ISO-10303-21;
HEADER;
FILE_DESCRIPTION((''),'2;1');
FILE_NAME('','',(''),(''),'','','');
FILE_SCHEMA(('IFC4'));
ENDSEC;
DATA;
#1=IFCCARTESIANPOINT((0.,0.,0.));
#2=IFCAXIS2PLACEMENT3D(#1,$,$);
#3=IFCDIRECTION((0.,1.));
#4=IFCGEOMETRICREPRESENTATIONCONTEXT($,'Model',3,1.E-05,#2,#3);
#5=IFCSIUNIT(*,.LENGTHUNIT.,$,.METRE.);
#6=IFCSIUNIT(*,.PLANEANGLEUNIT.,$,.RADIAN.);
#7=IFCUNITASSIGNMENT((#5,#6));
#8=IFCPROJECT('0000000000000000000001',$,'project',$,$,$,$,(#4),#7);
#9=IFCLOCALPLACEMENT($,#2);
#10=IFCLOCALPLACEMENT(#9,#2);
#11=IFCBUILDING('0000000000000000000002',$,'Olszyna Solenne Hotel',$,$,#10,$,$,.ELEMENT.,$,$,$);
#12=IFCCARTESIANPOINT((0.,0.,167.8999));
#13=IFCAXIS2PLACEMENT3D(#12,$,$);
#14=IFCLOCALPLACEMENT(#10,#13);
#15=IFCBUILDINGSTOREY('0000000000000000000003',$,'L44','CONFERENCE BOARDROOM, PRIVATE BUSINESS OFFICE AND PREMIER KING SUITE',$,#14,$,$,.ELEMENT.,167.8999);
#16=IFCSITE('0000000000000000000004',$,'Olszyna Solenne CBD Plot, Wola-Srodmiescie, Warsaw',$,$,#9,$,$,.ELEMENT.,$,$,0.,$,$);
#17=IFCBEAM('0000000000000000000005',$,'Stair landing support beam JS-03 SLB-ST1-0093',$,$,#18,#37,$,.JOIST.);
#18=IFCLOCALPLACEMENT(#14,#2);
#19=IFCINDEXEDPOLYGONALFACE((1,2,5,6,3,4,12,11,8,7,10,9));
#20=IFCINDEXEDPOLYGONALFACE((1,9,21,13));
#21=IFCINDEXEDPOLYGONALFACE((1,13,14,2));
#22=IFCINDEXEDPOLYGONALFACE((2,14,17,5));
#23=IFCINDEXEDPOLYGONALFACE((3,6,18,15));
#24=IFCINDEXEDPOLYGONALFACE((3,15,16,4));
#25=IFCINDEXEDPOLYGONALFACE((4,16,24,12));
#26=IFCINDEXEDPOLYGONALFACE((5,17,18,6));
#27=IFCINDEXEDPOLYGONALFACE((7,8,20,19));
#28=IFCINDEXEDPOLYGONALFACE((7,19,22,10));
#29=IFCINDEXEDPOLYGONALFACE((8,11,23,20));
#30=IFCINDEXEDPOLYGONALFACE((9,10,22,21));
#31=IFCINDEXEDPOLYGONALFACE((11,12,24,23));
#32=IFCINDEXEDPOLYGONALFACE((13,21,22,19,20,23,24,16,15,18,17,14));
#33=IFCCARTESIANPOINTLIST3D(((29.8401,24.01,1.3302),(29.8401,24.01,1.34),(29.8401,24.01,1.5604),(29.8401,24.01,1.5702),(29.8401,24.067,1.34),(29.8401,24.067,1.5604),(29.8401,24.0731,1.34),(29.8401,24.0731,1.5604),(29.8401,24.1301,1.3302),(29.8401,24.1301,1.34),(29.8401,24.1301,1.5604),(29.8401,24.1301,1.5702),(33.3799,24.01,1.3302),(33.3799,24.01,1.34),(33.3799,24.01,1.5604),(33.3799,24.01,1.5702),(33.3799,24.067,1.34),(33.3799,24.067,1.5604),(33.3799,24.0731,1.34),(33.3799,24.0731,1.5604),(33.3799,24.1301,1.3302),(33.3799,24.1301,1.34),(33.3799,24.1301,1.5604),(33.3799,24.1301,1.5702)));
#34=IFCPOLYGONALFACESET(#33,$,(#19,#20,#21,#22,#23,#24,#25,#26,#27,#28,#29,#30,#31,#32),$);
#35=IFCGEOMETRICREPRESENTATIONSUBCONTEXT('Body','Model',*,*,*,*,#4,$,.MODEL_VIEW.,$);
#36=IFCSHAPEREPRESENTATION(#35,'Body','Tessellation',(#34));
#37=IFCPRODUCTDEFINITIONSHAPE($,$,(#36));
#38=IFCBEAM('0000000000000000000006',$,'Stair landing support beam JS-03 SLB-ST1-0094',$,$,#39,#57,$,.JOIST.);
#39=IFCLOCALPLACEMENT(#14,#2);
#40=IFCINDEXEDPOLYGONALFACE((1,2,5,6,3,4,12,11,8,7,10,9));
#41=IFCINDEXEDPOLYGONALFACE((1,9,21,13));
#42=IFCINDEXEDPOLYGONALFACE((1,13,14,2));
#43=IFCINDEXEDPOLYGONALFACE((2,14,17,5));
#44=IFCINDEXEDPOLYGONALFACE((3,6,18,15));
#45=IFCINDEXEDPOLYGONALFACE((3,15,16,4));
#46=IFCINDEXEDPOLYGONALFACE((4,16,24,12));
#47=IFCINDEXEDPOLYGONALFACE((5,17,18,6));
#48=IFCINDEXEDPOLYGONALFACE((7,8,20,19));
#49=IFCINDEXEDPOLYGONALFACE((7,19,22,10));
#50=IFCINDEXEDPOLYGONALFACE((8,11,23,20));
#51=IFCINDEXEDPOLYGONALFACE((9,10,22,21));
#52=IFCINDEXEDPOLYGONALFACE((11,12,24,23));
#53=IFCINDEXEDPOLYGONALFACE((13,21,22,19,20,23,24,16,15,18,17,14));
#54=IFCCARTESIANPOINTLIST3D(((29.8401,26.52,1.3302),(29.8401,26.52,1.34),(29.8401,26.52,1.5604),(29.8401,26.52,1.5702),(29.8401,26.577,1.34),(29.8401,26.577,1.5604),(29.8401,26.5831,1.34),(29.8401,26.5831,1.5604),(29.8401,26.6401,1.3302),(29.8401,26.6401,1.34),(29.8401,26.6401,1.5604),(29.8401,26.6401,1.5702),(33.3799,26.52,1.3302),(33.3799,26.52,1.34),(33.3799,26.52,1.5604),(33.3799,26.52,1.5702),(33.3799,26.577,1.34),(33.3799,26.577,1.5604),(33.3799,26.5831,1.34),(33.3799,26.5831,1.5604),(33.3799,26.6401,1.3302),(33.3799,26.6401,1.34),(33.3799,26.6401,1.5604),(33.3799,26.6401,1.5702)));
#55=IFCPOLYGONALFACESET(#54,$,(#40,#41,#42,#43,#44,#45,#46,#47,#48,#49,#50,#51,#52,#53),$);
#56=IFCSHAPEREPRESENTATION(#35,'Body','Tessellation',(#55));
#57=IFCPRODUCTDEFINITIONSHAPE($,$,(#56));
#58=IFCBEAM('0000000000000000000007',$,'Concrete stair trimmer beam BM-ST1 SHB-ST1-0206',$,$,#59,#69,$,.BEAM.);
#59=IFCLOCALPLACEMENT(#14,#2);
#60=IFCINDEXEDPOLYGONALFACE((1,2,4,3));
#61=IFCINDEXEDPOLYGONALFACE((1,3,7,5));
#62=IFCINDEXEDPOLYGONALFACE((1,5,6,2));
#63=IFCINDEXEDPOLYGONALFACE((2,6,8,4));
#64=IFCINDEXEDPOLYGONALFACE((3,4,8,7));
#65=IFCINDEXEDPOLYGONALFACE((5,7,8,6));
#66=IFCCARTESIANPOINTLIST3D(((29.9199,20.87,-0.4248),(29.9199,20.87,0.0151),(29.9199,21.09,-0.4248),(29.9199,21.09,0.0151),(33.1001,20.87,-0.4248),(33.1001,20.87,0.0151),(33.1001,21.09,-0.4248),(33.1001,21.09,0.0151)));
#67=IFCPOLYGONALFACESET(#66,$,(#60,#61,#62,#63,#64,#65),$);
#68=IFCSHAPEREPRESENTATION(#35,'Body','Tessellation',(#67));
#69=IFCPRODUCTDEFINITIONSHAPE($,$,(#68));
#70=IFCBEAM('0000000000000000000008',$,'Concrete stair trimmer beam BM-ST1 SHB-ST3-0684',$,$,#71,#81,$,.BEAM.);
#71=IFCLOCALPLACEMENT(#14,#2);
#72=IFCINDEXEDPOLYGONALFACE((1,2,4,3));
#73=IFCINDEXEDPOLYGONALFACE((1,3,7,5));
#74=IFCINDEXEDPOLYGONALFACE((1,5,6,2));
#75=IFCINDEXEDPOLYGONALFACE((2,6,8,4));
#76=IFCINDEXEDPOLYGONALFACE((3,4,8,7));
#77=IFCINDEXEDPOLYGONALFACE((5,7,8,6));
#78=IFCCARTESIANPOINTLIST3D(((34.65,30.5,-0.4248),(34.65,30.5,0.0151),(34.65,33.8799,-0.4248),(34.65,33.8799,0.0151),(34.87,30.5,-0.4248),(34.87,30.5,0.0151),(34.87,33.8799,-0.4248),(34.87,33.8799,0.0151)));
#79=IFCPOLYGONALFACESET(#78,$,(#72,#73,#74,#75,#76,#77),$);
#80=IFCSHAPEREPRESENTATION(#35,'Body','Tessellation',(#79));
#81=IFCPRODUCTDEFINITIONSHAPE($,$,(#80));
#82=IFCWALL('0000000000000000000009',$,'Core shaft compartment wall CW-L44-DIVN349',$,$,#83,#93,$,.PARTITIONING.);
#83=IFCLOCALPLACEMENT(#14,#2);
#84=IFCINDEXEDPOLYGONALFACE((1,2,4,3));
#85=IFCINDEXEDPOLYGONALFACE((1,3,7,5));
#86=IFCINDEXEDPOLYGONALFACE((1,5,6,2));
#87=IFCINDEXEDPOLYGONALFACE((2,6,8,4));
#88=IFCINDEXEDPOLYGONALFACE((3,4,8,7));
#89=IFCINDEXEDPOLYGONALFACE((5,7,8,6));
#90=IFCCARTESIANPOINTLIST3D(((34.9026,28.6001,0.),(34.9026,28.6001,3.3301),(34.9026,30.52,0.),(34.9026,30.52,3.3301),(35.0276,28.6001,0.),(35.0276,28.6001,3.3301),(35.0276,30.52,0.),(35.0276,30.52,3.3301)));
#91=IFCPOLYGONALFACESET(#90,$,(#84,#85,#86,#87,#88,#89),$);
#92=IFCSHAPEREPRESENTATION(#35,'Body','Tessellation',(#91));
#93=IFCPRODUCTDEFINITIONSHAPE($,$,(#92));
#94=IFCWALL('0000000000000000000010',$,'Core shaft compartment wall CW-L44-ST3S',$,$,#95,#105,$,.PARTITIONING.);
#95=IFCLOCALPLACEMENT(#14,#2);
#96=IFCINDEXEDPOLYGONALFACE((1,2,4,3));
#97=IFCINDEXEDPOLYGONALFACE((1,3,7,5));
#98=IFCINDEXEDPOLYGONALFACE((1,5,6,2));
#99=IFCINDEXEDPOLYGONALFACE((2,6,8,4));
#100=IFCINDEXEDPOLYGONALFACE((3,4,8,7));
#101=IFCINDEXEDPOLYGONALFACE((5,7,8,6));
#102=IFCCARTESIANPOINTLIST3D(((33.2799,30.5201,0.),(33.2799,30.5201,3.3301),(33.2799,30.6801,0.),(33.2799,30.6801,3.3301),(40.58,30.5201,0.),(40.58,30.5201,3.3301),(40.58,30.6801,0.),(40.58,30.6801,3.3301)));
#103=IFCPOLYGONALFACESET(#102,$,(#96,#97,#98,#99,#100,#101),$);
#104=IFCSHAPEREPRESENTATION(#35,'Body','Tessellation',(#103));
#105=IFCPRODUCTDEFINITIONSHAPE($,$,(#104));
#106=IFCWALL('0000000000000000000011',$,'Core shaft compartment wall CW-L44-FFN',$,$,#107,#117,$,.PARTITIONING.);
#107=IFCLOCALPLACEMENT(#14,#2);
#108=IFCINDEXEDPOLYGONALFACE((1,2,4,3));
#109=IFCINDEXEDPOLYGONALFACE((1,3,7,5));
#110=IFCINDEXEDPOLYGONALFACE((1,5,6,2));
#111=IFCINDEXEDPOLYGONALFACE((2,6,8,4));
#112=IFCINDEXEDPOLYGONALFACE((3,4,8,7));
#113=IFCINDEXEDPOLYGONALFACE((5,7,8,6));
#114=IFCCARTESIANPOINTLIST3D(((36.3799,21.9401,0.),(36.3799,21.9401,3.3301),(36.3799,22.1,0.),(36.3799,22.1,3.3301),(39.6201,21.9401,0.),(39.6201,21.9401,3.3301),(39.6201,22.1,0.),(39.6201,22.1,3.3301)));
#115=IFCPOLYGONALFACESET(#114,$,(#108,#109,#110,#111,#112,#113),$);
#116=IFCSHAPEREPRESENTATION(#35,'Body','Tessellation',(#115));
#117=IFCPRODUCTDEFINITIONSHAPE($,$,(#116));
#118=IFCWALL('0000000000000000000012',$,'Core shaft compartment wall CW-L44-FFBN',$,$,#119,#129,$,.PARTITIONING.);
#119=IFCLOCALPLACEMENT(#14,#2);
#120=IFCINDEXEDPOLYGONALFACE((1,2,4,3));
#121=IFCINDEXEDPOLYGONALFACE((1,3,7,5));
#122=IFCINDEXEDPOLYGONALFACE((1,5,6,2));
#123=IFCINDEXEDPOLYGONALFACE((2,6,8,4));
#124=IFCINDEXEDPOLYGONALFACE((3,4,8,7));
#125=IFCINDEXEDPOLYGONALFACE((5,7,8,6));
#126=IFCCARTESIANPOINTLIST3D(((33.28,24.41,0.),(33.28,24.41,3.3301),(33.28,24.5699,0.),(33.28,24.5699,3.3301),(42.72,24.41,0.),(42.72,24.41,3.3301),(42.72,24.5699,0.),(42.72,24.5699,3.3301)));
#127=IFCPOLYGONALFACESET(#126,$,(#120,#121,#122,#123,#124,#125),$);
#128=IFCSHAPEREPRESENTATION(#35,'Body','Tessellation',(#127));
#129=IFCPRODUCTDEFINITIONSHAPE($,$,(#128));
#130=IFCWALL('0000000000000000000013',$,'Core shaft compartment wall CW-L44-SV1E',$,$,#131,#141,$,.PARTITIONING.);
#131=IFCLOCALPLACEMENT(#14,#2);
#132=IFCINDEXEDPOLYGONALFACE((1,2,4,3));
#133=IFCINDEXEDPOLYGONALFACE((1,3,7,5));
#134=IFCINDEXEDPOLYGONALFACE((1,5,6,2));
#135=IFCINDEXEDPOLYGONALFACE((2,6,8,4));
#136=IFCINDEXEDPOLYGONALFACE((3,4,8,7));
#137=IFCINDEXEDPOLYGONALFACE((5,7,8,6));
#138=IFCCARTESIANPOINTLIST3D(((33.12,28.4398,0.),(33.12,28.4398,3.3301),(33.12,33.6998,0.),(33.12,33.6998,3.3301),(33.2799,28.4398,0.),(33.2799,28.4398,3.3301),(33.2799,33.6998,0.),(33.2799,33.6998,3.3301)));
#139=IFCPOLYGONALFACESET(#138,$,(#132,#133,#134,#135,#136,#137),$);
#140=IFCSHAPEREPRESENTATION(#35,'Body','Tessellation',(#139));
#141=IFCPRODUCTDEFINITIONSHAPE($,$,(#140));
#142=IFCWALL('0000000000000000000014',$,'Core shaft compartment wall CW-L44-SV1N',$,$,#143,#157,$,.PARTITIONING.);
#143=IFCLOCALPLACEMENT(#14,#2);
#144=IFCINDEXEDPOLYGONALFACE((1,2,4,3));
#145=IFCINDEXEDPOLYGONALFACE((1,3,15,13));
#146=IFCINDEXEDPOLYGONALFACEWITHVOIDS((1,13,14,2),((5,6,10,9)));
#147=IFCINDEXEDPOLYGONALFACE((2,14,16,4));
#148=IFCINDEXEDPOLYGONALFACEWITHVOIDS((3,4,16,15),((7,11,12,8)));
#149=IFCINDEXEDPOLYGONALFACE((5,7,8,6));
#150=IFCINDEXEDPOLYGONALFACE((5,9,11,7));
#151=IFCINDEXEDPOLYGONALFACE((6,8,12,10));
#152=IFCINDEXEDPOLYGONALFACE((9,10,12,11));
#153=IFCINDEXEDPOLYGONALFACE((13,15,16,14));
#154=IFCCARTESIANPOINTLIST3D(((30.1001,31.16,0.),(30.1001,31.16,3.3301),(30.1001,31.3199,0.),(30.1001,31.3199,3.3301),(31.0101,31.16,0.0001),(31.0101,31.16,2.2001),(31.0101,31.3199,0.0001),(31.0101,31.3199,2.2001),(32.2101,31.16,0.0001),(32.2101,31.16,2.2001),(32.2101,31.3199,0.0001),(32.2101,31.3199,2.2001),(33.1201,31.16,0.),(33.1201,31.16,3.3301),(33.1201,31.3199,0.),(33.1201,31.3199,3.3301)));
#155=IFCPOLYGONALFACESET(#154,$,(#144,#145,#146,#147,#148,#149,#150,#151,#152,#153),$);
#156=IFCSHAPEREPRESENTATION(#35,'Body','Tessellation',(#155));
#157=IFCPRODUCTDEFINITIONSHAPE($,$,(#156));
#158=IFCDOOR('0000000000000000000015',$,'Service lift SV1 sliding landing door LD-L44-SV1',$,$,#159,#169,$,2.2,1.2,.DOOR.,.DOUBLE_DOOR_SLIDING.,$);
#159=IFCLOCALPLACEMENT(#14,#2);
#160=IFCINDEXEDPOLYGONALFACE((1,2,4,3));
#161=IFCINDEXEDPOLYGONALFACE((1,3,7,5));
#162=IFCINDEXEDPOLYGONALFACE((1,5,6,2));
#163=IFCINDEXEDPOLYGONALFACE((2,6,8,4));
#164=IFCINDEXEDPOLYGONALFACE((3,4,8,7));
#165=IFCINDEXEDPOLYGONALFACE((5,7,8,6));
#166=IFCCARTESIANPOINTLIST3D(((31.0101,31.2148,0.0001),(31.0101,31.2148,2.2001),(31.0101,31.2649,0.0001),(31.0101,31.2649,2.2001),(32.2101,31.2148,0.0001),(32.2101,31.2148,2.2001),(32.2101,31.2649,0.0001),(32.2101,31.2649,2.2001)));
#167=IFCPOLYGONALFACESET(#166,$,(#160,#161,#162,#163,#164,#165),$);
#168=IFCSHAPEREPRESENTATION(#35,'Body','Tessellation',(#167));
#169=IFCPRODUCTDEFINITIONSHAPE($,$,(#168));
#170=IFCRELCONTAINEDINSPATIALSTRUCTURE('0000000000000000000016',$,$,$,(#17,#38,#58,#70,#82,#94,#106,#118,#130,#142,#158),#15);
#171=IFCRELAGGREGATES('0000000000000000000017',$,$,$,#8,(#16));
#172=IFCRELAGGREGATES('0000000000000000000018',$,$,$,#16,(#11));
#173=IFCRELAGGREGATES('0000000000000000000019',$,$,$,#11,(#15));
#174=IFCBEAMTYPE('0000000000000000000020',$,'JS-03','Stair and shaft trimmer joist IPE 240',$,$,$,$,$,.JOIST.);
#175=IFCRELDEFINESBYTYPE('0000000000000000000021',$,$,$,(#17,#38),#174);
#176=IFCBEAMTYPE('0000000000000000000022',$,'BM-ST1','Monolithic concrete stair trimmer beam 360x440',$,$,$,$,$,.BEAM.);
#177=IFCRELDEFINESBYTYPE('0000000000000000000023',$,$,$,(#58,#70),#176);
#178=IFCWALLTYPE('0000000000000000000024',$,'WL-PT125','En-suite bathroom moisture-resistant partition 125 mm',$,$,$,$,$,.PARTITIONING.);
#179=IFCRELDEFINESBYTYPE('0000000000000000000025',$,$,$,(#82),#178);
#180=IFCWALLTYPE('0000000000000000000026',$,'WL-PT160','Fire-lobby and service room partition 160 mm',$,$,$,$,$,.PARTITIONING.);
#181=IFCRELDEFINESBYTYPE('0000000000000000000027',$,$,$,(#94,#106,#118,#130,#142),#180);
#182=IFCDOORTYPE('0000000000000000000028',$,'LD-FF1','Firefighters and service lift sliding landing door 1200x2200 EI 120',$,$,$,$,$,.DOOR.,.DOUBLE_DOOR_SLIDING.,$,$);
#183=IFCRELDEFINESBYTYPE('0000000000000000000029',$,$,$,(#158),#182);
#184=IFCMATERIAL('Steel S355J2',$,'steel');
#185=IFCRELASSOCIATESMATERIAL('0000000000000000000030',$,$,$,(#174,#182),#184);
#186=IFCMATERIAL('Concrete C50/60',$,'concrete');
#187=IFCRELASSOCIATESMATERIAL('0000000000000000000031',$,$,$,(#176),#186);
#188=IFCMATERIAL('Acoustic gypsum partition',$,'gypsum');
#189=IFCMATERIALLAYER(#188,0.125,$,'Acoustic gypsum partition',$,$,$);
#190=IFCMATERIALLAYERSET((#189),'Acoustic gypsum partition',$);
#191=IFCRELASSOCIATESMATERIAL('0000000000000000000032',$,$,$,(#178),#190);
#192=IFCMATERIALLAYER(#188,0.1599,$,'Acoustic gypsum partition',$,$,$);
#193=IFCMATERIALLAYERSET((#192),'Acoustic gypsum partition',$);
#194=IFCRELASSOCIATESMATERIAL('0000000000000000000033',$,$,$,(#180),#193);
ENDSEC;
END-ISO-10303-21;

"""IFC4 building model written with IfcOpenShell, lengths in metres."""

from ifc_helpers import new_model, si_unit, direction, frame, frame_2d, origin, origin_2d, place, context, subcontext, project, spatial, rectangle, i_section, extrude, source, transform, mapped, material, layer, layer_set, material_profile, profile_set, type_object, type_shapes, element, fill, save


model = new_model("IFC4")

# Units and contexts
model_context = context("Model", 3, precision=1e-05, world=origin(), true_north=direction((0.0, 1.0)))
body_context = subcontext(model_context, "Body", "Model", "MODEL_VIEW")
ifc_project = project(units=[si_unit("LENGTHUNIT", "METRE"), si_unit("PLANEANGLEUNIT", "RADIAN")], contexts=[model_context])

# Site, building, storey
site_placement = place(None, origin())
site = spatial("IfcSite", under=ifc_project, at=site_placement, Name="Olszyna Solenne CBD Plot, Wola-Srodmiescie, Warsaw", CompositionType="ELEMENT", RefElevation=0.0)
building_placement = place(site_placement, origin())
building = spatial("IfcBuilding", under=site, at=building_placement, Name="Olszyna Solenne Hotel", CompositionType="ELEMENT")
storey_placement = place(building_placement, frame((0.0, 0.0, 167.8999)))
storey = spatial("IfcBuildingStorey", under=building, at=storey_placement, Name="L44", Description="CONFERENCE BOARDROOM, PRIVATE BUSINESS OFFICE AND PREMIER KING SUITE", CompositionType="ELEMENT", Elevation=167.8999)

# Beams
ifc_material_1 = material(Name="Steel S355J2", Category="steel")
ifc_material_profile_1 = material_profile(ifc_material_1, i_section(OverallWidth=0.1201, OverallDepth=0.24, WebThickness=0.0061, FlangeThickness=0.0098, at=origin_2d()), Name="IPE 240", Category="load-bearing")
ifc_profile_set_1 = profile_set([ifc_material_profile_1], Name="Steel S355J2")
beam_type_1 = type_object("IfcBeamType", Name="JS-03", Description="Stair and shaft trimmer joist IPE 240", PredefinedType="JOIST", material=ifc_profile_set_1)
shared_shape_1 = source(origin(), body_context, "Body", "SweptSolid", [
    extrude(i_section(OverallWidth=0.1201, OverallDepth=0.24, WebThickness=0.0061, FlangeThickness=0.0098, at=origin_2d()), origin(), (0.0, 0.0, 1.0), 3.5398),
])
for number, where, z_axis, x_axis, name in (
    (1, (33.3799, 24.0701, 1.4502), (-1.0, 0.0, 0.0), (0.0, -1.0, 0.0), "Stair landing support beam JS-03 SLB-ST1-0093"),
    (2, (33.3799, 26.5801, 1.4502), (-1.0, 0.0, 0.0), (0.0, -1.0, 0.0), "Stair landing support beam JS-03 SLB-ST1-0094"),
):
    element("IfcBeam", number, at=place(storey_placement, frame(where, z_axis=z_axis, x_axis=x_axis)), inside=storey, type_object=beam_type_1, Name=name, PredefinedType="JOIST", context=body_context, shape_type="MappedRepresentation", body=[
        mapped(shared_shape_1, transform((0.0, 0.0, 0.0), x_axis=(1.0, 0.0, 0.0), y_axis=(0.0, 1.0, 0.0), z_axis=(0.0, 0.0, 1.0), scale=1.0)),
    ])
ifc_material_2 = material(Name="Concrete C50/60", Category="concrete")
ifc_material_profile_2 = material_profile(ifc_material_2, rectangle(XDim=0.22, YDim=0.4399, at=origin_2d()), Name="RC 220x440", Category="load-bearing")
ifc_profile_set_2 = profile_set([ifc_material_profile_2], Name="Concrete C50/60")
beam_type_2 = type_object("IfcBeamType", Name="BM-ST1", Description="Monolithic concrete stair trimmer beam 360x440", PredefinedType="BEAM", material=ifc_profile_set_2)
shared_shape_2 = source(origin(), body_context, "Body", "SweptSolid", [
    extrude(rectangle(XDim=0.22, YDim=0.4399, at=origin_2d()), origin(), (0.0, 0.0, 1.0), 3.1802),
])
beam_1_placement = place(storey_placement, frame((33.1001, 20.98, -0.2048), z_axis=(-1.0, 0.0, 0.0), x_axis=(0.0, -1.0, 0.0)))
element("IfcBeam", 3, at=beam_1_placement, inside=storey, type_object=beam_type_2, Name="Concrete stair trimmer beam BM-ST1 SHB-ST1-0206", PredefinedType="BEAM", context=body_context, shape_type="MappedRepresentation", body=[
    mapped(shared_shape_2, transform((0.0, 0.0, 0.0), x_axis=(1.0, 0.0, 0.0), y_axis=(0.0, 1.0, 0.0), z_axis=(0.0, 0.0, 1.0), scale=1.0)),
])
shared_shape_3 = source(origin(), body_context, "Body", "SweptSolid", [
    extrude(rectangle(XDim=0.22, YDim=0.4399, at=origin_2d()), origin(), (0.0, 0.0, 1.0), 3.3799),
])
beam_2_placement = place(storey_placement, frame((34.76, 30.5, -0.2048), z_axis=(0.0, 1.0, 0.0), x_axis=(-1.0, 0.0, 0.0)))
element("IfcBeam", 4, at=beam_2_placement, inside=storey, type_object=beam_type_2, Name="Concrete stair trimmer beam BM-ST1 SHB-ST3-0684", PredefinedType="BEAM", context=body_context, shape_type="MappedRepresentation", body=[
    mapped(shared_shape_3, transform((0.0, 0.0, 0.0), x_axis=(1.0, 0.0, 0.0), y_axis=(0.0, 1.0, 0.0), z_axis=(0.0, 0.0, 1.0), scale=1.0)),
])

# Walls
ifc_material_3 = material(Name="Acoustic gypsum partition", Category="gypsum")
ifc_layer_1 = layer(ifc_material_3, 0.125, Name="Acoustic gypsum partition")
ifc_layer_set_1 = layer_set([ifc_layer_1], Name="Acoustic gypsum partition")
wall_type_1 = type_object("IfcWallType", Name="WL-PT125", Description="En-suite bathroom moisture-resistant partition 125 mm", PredefinedType="PARTITIONING", material=ifc_layer_set_1)
wall_1_placement = place(storey_placement, frame((34.9651, 28.6001, 0.0), z_axis=(0.0, 0.0, 1.0), x_axis=(0.0, 1.0, 0.0)))
element("IfcWall", 5, at=wall_1_placement, inside=storey, type_object=wall_type_1, Name="Core shaft compartment wall CW-L44-DIVN349", PredefinedType="PARTITIONING", context=body_context, shape_type="SweptSolid", body=[
    extrude(rectangle(XDim=1.9199, YDim=0.125, at=frame_2d((0.96, 0.0))), origin(), (0.0, 0.0, 1.0), 3.3301),
])
ifc_layer_2 = layer(ifc_material_3, 0.1599, Name="Acoustic gypsum partition")
ifc_layer_set_2 = layer_set([ifc_layer_2], Name="Acoustic gypsum partition")
wall_type_2 = type_object("IfcWallType", Name="WL-PT160", Description="Fire-lobby and service room partition 160 mm", PredefinedType="PARTITIONING", material=ifc_layer_set_2)
wall_2_placement = place(storey_placement, frame((33.28, 30.6001, 0.0), z_axis=(0.0, 0.0, 1.0), x_axis=(1.0, 0.0, 0.0)))
element("IfcWall", 6, at=wall_2_placement, inside=storey, type_object=wall_type_2, Name="Core shaft compartment wall CW-L44-ST3S", PredefinedType="PARTITIONING", context=body_context, shape_type="SweptSolid", body=[
    extrude(rectangle(XDim=7.3, YDim=0.1599, at=frame_2d((3.6499, 0.0))), origin(), (0.0, 0.0, 1.0), 3.3301),
])
wall_3_placement = place(storey_placement, frame((36.3799, 22.02, 0.0), z_axis=(0.0, 0.0, 1.0), x_axis=(1.0, 0.0, 0.0)))
element("IfcWall", 7, at=wall_3_placement, inside=storey, type_object=wall_type_2, Name="Core shaft compartment wall CW-L44-FFN", PredefinedType="PARTITIONING", context=body_context, shape_type="SweptSolid", body=[
    extrude(rectangle(XDim=3.2402, YDim=0.1599, at=frame_2d((1.6201, 0.0))), origin(), (0.0, 0.0, 1.0), 3.3301),
])
wall_4_placement = place(storey_placement, frame((33.28, 24.49, 0.0), z_axis=(0.0, 0.0, 1.0), x_axis=(1.0, 0.0, 0.0)))
element("IfcWall", 8, at=wall_4_placement, inside=storey, type_object=wall_type_2, Name="Core shaft compartment wall CW-L44-FFBN", PredefinedType="PARTITIONING", context=body_context, shape_type="SweptSolid", body=[
    extrude(rectangle(XDim=9.4399, YDim=0.1599, at=frame_2d((4.72, 0.0))), origin(), (0.0, 0.0, 1.0), 3.3301),
])
wall_5_placement = place(storey_placement, frame((33.2, 28.4399, 0.0), z_axis=(0.0, 0.0, 1.0), x_axis=(0.0, 1.0, 0.0)))
element("IfcWall", 9, at=wall_5_placement, inside=storey, type_object=wall_type_2, Name="Core shaft compartment wall CW-L44-SV1E", PredefinedType="PARTITIONING", context=body_context, shape_type="SweptSolid", body=[
    extrude(rectangle(XDim=5.26, YDim=0.1599, at=frame_2d((2.6299, 0.0))), origin(), (0.0, 0.0, 1.0), 3.3301),
])

# Wall, opening, door
wall_6_placement = place(storey_placement, frame((30.1001, 31.24, 0.0), z_axis=(0.0, 0.0, 1.0), x_axis=(1.0, 0.0, 0.0)))
wall_6 = element("IfcWall", 10, at=wall_6_placement, inside=storey, type_object=wall_type_2, Name="Core shaft compartment wall CW-L44-SV1N", PredefinedType="PARTITIONING", context=body_context, shape_type="SweptSolid", body=[
    extrude(rectangle(XDim=3.02, YDim=0.1599, at=frame_2d((1.51, 0.0))), origin(), (0.0, 0.0, 1.0), 3.3301),
])
opening_1_placement = place(wall_6_placement, frame((0.9099, 0.0, 0.0)))
opening_1 = element("IfcOpeningElement", 11, at=opening_1_placement, cuts=wall_6, PredefinedType="OPENING", context=body_context, shape_type="SweptSolid", body=[
    extrude(rectangle(XDim=1.2, YDim=2.2, at=frame_2d((0.6001, 1.1001))), frame((0.0, 0.0898, 0.0), z_axis=(0.0, -1.0, 0.0), x_axis=(1.0, 0.0, 0.0)), (0.0, 0.0, 1.0), 0.1799),
])
door_type_1 = type_object("IfcDoorType", Name="LD-FF1", Description="Firefighters and service lift sliding landing door 1200x2200 EI 120", OperationType="DOUBLE_DOOR_SLIDING", PredefinedType="DOOR", material=ifc_material_1)
shared_shape_4 = source(origin(), body_context, "Body", "SweptSolid", [
    extrude(rectangle(XDim=1.2, YDim=2.2, at=frame_2d((0.6001, 1.1001))), frame((0.0, 0.0249, 0.0), z_axis=(0.0, -1.0, 0.0), x_axis=(1.0, 0.0, 0.0)), (0.0, 0.0, 1.0), 0.05),
])
type_shapes(door_type_1, [shared_shape_4])
door_1_placement = place(opening_1_placement, origin())
door_1 = element("IfcDoor", 12, at=door_1_placement, inside=storey, type_object=door_type_1, Name="Service lift SV1 sliding landing door LD-L44-SV1", OperationType="DOUBLE_DOOR_SLIDING", OverallHeight=2.2, OverallWidth=1.2, PredefinedType="DOOR", context=body_context, shape_type="MappedRepresentation", body=[
    mapped(shared_shape_4, transform((0.0, 0.0, 0.0), x_axis=(1.0, 0.0, 0.0), y_axis=(0.0, 1.0, 0.0), z_axis=(0.0, 0.0, 1.0), scale=1.0)),
])
fill(opening_1, door_1)

save(model, "model.ifc")
